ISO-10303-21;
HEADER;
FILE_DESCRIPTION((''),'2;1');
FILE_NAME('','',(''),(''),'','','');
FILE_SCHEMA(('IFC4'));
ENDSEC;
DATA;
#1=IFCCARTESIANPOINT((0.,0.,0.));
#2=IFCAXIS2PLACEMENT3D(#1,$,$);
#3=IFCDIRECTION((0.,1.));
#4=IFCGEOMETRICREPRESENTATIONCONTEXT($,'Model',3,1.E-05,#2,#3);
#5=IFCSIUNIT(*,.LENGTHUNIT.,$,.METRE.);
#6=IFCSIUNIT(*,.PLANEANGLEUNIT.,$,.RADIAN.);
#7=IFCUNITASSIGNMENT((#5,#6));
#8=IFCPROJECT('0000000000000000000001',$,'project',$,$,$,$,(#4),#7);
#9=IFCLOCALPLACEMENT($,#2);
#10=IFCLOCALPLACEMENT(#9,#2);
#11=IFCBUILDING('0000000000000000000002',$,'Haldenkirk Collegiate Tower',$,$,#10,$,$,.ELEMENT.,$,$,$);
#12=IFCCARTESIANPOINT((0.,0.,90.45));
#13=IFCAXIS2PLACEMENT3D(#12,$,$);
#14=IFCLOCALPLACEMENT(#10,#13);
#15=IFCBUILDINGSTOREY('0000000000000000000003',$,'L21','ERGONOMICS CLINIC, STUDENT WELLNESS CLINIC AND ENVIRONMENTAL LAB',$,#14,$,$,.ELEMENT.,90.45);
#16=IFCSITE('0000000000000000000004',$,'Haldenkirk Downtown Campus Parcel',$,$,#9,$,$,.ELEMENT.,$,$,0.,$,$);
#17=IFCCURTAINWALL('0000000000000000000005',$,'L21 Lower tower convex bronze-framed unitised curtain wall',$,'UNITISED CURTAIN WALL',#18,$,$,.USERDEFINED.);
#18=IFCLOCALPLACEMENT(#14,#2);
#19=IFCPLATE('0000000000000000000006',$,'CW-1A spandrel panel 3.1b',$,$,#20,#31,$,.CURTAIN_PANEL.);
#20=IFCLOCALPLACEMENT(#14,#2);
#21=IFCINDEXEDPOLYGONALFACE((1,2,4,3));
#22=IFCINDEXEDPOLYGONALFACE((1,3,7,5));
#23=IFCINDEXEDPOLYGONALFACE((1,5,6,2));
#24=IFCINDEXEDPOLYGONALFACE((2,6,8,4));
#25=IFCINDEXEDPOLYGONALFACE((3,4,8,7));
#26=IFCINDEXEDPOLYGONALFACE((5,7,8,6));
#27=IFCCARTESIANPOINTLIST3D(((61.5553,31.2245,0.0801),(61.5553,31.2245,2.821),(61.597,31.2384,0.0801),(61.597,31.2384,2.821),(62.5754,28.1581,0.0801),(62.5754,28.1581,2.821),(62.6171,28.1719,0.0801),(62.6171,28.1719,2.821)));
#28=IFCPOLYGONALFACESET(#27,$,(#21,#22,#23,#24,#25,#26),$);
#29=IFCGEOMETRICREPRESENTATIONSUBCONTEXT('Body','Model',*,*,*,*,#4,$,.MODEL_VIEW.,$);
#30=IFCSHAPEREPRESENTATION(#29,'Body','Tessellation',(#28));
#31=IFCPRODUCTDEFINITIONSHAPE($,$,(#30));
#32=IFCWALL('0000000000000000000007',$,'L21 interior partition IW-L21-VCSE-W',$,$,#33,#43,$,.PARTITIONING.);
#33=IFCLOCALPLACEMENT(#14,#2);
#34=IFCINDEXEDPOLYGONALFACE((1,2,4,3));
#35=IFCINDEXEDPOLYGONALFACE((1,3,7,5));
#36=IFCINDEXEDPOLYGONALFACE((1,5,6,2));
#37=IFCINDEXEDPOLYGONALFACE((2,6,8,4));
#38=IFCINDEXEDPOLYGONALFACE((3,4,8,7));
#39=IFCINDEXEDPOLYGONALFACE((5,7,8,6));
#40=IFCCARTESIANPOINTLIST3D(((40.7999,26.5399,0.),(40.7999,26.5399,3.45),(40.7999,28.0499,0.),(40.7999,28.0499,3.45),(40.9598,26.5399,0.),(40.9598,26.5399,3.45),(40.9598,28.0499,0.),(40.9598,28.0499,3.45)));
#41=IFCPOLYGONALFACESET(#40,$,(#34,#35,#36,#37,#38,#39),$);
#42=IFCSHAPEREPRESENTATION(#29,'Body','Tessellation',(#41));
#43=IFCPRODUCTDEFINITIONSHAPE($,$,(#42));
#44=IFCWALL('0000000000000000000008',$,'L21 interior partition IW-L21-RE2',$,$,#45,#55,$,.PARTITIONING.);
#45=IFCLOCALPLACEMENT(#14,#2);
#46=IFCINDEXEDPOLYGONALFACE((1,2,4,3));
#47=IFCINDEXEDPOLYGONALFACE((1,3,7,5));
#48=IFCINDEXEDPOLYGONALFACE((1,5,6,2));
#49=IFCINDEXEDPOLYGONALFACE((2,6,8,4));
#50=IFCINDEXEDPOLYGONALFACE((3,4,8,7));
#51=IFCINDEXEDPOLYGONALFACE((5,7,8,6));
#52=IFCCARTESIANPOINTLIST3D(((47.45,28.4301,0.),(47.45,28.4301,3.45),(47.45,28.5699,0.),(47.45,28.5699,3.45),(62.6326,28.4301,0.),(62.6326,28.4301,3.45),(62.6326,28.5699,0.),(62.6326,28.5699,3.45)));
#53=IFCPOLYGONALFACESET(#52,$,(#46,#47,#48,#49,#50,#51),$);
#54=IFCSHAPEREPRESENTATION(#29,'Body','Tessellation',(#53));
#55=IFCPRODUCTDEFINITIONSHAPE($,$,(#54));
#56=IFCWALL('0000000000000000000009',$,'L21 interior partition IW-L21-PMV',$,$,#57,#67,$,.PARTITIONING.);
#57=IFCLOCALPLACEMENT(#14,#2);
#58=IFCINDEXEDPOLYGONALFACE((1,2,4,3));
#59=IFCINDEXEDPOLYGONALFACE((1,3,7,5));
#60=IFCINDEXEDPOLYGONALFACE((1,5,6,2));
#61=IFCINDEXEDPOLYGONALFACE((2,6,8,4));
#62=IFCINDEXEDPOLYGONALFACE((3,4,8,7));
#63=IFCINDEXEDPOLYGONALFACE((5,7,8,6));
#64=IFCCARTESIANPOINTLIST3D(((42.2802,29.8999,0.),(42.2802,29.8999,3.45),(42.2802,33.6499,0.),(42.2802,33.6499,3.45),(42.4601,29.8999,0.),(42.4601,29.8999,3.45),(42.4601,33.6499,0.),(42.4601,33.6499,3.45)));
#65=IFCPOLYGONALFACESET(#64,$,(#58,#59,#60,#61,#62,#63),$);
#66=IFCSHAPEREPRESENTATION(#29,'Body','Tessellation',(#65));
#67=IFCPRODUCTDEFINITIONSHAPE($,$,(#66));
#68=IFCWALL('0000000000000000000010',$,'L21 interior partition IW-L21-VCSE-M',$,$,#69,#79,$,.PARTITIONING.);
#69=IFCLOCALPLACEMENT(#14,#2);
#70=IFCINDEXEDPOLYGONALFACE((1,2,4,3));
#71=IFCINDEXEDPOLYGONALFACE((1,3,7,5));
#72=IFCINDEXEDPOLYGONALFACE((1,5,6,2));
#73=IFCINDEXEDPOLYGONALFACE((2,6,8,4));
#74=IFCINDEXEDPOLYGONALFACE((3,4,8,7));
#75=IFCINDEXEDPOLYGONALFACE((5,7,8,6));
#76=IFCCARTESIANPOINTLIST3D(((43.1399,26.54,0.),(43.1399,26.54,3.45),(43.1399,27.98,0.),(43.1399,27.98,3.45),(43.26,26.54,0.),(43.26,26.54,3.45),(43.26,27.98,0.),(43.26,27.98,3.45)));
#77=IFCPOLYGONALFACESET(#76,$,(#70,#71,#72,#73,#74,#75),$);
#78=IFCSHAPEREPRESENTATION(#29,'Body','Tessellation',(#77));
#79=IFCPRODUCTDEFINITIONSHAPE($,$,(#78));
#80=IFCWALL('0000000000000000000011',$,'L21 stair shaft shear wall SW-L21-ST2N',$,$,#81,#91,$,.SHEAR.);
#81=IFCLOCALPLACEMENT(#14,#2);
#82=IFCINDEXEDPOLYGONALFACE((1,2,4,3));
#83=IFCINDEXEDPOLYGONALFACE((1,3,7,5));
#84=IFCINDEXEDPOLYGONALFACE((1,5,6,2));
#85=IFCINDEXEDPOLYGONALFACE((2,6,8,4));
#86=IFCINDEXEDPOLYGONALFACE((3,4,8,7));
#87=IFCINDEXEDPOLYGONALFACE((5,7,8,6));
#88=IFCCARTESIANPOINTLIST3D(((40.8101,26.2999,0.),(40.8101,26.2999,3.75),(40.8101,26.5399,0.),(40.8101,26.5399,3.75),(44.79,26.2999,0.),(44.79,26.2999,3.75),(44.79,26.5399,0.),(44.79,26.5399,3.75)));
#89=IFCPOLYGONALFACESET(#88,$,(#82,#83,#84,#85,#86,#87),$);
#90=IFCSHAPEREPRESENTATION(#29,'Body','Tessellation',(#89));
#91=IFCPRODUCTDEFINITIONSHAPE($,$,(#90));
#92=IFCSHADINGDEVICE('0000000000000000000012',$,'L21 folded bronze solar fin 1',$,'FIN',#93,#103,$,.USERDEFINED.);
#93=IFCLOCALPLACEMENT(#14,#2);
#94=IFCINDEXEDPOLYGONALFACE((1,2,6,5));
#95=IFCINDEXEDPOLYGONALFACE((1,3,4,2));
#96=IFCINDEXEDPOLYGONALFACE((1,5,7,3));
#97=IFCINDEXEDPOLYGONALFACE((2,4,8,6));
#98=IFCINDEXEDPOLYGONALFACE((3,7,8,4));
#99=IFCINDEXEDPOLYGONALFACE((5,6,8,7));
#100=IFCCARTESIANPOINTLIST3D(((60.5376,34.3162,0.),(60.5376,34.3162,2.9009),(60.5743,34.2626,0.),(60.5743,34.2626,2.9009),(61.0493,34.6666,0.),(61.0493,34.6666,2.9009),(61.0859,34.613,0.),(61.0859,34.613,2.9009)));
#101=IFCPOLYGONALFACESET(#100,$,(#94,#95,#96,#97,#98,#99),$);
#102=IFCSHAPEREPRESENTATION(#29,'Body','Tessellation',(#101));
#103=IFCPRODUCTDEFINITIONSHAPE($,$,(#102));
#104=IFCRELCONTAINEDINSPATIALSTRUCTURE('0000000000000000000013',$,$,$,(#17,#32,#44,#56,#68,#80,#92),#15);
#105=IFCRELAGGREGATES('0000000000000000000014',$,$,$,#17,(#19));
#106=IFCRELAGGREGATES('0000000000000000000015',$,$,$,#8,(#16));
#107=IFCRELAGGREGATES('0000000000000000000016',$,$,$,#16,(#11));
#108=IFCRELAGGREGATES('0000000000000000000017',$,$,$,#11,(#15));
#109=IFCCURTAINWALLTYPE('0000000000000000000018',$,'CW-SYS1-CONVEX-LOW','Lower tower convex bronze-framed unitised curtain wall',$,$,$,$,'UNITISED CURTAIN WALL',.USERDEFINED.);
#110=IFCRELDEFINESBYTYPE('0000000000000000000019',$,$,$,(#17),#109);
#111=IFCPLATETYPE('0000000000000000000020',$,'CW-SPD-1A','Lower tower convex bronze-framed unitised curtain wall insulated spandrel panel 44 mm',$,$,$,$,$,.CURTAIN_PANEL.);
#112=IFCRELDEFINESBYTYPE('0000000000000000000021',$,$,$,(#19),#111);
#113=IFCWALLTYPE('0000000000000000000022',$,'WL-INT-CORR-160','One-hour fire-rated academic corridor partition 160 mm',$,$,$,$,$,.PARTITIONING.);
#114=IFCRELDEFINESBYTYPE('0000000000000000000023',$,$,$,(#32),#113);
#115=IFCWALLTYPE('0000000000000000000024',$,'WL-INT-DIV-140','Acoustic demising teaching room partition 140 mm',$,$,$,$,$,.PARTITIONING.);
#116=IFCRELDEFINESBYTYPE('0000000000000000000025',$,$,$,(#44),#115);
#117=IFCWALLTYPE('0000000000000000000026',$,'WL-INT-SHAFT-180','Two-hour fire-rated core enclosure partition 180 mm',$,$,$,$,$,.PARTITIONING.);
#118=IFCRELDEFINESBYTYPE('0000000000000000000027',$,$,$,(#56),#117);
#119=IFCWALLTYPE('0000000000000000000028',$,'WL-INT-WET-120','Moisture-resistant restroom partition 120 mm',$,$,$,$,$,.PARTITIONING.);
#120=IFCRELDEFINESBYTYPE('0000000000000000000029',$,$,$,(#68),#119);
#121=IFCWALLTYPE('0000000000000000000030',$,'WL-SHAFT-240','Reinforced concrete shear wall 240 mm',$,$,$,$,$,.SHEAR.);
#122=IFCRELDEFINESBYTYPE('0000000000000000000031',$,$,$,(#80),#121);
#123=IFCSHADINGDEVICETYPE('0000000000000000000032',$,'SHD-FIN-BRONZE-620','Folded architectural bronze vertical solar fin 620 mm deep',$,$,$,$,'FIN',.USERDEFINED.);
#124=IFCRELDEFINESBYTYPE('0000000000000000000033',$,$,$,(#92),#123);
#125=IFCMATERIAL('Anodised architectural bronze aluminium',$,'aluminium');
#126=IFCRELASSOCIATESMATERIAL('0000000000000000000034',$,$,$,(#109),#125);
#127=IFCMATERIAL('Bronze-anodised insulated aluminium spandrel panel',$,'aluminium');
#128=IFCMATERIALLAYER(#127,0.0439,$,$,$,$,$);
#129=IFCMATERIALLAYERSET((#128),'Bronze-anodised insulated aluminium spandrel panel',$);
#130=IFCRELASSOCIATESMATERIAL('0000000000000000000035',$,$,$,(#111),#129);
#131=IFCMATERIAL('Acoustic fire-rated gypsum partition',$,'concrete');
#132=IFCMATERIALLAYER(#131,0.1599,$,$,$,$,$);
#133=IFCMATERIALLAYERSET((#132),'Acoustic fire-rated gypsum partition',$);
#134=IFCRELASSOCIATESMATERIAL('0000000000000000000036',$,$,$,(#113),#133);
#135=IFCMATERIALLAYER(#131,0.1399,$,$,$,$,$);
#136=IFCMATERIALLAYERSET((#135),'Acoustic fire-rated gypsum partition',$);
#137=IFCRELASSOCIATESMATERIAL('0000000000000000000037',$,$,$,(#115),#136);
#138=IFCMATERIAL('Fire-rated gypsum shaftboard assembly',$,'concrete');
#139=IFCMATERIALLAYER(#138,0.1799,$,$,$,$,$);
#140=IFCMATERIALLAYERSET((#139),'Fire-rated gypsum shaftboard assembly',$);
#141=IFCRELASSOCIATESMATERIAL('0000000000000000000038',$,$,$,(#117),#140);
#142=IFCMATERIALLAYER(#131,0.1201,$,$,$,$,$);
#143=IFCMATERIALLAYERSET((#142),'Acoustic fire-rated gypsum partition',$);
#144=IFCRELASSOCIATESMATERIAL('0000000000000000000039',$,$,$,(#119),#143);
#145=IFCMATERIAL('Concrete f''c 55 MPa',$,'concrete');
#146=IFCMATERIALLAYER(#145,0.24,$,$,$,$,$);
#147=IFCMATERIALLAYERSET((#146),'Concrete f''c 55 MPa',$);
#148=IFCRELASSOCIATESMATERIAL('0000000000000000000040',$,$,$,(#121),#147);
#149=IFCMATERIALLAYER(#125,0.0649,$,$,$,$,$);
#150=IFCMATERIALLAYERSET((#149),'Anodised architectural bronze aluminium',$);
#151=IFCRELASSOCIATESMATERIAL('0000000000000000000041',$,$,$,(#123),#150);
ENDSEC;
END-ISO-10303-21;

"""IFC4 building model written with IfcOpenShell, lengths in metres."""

from ifc_helpers import new_model, si_unit, direction, frame, frame_2d, origin, origin_2d, place, context, subcontext, project, spatial, rectangle, extrude, source, transform, mapped, material, layer, layer_set, type_object, element, aggregate, save


model = new_model("IFC4")

# Units and contexts
model_context = context("Model", 3, precision=1e-05, world=origin(), true_north=direction((0.0, 1.0)))
body_context = subcontext(model_context, "Body", "Model", "MODEL_VIEW")
ifc_project = project(units=[si_unit("LENGTHUNIT", "METRE"), si_unit("PLANEANGLEUNIT", "RADIAN")], contexts=[model_context])

# Site, building, storey
site_placement = place(None, origin())
site = spatial("IfcSite", under=ifc_project, at=site_placement, Name="Haldenkirk Downtown Campus Parcel", CompositionType="ELEMENT", RefElevation=0.0)
building_placement = place(site_placement, origin())
building = spatial("IfcBuilding", under=site, at=building_placement, Name="Haldenkirk Collegiate Tower", CompositionType="ELEMENT")
storey_placement = place(building_placement, frame((0.0, 0.0, 90.45)))
storey = spatial("IfcBuildingStorey", under=building, at=storey_placement, Name="L21", Description="ERGONOMICS CLINIC, STUDENT WELLNESS CLINIC AND ENVIRONMENTAL LAB", CompositionType="ELEMENT", Elevation=90.45)

# Curtain wall, plate
ifc_material_1 = material(Name="Anodised architectural bronze aluminium", Category="aluminium")
curtain_wall_type = type_object("IfcCurtainWallType", Name="CW-SYS1-CONVEX-LOW", Description="Lower tower convex bronze-framed unitised curtain wall", ElementType="UNITISED CURTAIN WALL", PredefinedType="USERDEFINED", material=ifc_material_1)
curtain_wall_placement = place(storey_placement, origin())
curtain_wall = element("IfcCurtainWall", 1, at=curtain_wall_placement, inside=storey, type_object=curtain_wall_type, Name="L21 Lower tower convex bronze-framed unitised curtain wall", ObjectType="UNITISED CURTAIN WALL", PredefinedType="USERDEFINED")
ifc_material_2 = material(Name="Bronze-anodised insulated aluminium spandrel panel", Category="aluminium")
ifc_layer_1 = layer(ifc_material_2, 0.0439)
ifc_layer_set_1 = layer_set([ifc_layer_1], Name="Bronze-anodised insulated aluminium spandrel panel")
plate_type = type_object("IfcPlateType", Name="CW-SPD-1A", Description="Lower tower convex bronze-framed unitised curtain wall insulated spandrel panel 44 mm", PredefinedType="CURTAIN_PANEL", material=ifc_layer_set_1)
shared_shape_1 = source(origin(), body_context, "Body", "SweptSolid", [
    extrude(rectangle(XDim=3.2317, YDim=0.0439, at=origin_2d()), origin(), (0.0, 0.0, 1.0), 2.741),
])
plate_1_placement = place(storey_placement, frame((62.0862, 29.6982, 0.0801), z_axis=(0.0, 0.0, 1.0), x_axis=(0.315648, -0.948877, 0.0)))
plate_1 = element("IfcPlate", 2, at=plate_1_placement, type_object=plate_type, Name="CW-1A spandrel panel 3.1b", PredefinedType="CURTAIN_PANEL", context=body_context, shape_type="MappedRepresentation", body=[
    mapped(shared_shape_1, transform((0.0, 0.0, 0.0), x_axis=(1.0, 0.0, 0.0), y_axis=(0.0, 1.0, 0.0), z_axis=(0.0, 0.0, 1.0), scale=1.0)),
])
aggregate(curtain_wall, [plate_1])

# Shared definitions
ifc_material_3 = material(Name="Acoustic fire-rated gypsum partition", Category="concrete")
ifc_layer_2 = layer(ifc_material_3, 0.1599)
ifc_layer_set_2 = layer_set([ifc_layer_2], Name="Acoustic fire-rated gypsum partition")
wall_type_1 = type_object("IfcWallType", Name="WL-INT-CORR-160", Description="One-hour fire-rated academic corridor partition 160 mm", PredefinedType="PARTITIONING", material=ifc_layer_set_2)

# Walls
wall_1_placement = place(storey_placement, frame((40.8799, 26.54, 0.0), z_axis=(0.0, 0.0, 1.0), x_axis=(0.0, 1.0, 0.0)))
element("IfcWall", 3, at=wall_1_placement, inside=storey, type_object=wall_type_1, Name="L21 interior partition IW-L21-VCSE-W", PredefinedType="PARTITIONING", context=body_context, shape_type="SweptSolid", body=[
    extrude(rectangle(XDim=1.51, YDim=0.1599, at=frame_2d((0.7549, 0.0))), origin(), (0.0, 0.0, 1.0), 3.45),
])
ifc_layer_3 = layer(ifc_material_3, 0.1399)
ifc_layer_set_3 = layer_set([ifc_layer_3], Name="Acoustic fire-rated gypsum partition")
wall_type_2 = type_object("IfcWallType", Name="WL-INT-DIV-140", Description="Acoustic demising teaching room partition 140 mm", PredefinedType="PARTITIONING", material=ifc_layer_set_3)
wall_2_placement = place(storey_placement, frame((47.45, 28.5, 0.0), z_axis=(0.0, 0.0, 1.0), x_axis=(1.0, 0.0, 0.0)))
element("IfcWall", 4, at=wall_2_placement, inside=storey, type_object=wall_type_2, Name="L21 interior partition IW-L21-RE2", PredefinedType="PARTITIONING", context=body_context, shape_type="SweptSolid", body=[
    extrude(rectangle(XDim=15.1826, YDim=0.1399, at=frame_2d((7.5913, 0.0))), origin(), (0.0, 0.0, 1.0), 3.45),
])
ifc_material_4 = material(Name="Fire-rated gypsum shaftboard assembly", Category="concrete")
ifc_layer_4 = layer(ifc_material_4, 0.1799)
ifc_layer_set_4 = layer_set([ifc_layer_4], Name="Fire-rated gypsum shaftboard assembly")
wall_type_3 = type_object("IfcWallType", Name="WL-INT-SHAFT-180", Description="Two-hour fire-rated core enclosure partition 180 mm", PredefinedType="PARTITIONING", material=ifc_layer_set_4)
wall_3_placement = place(storey_placement, frame((42.3701, 29.8999, 0.0), z_axis=(0.0, 0.0, 1.0), x_axis=(0.0, 1.0, 0.0)))
element("IfcWall", 5, at=wall_3_placement, inside=storey, type_object=wall_type_3, Name="L21 interior partition IW-L21-PMV", PredefinedType="PARTITIONING", context=body_context, shape_type="SweptSolid", body=[
    extrude(rectangle(XDim=3.75, YDim=0.1799, at=frame_2d((1.875, 0.0))), origin(), (0.0, 0.0, 1.0), 3.45),
])
ifc_layer_5 = layer(ifc_material_3, 0.1201)
ifc_layer_set_5 = layer_set([ifc_layer_5], Name="Acoustic fire-rated gypsum partition")
wall_type_4 = type_object("IfcWallType", Name="WL-INT-WET-120", Description="Moisture-resistant restroom partition 120 mm", PredefinedType="PARTITIONING", material=ifc_layer_set_5)
wall_4_placement = place(storey_placement, frame((43.2, 26.54, 0.0), z_axis=(0.0, 0.0, 1.0), x_axis=(0.0, 1.0, 0.0)))
element("IfcWall", 6, at=wall_4_placement, inside=storey, type_object=wall_type_4, Name="L21 interior partition IW-L21-VCSE-M", PredefinedType="PARTITIONING", context=body_context, shape_type="SweptSolid", body=[
    extrude(rectangle(XDim=1.4399, YDim=0.1201, at=frame_2d((0.72, 0.0))), origin(), (0.0, 0.0, 1.0), 3.45),
])
ifc_material_5 = material(Name="Concrete f'c 55 MPa", Category="concrete")
ifc_layer_6 = layer(ifc_material_5, 0.24)
ifc_layer_set_6 = layer_set([ifc_layer_6], Name="Concrete f'c 55 MPa")
wall_type_5 = type_object("IfcWallType", Name="WL-SHAFT-240", Description="Reinforced concrete shear wall 240 mm", PredefinedType="SHEAR", material=ifc_layer_set_6)
wall_5_placement = place(storey_placement, frame((40.8101, 26.4199, 0.0), z_axis=(0.0, 0.0, 1.0), x_axis=(1.0, 0.0, 0.0)))
element("IfcWall", 7, at=wall_5_placement, inside=storey, type_object=wall_type_5, Name="L21 stair shaft shear wall SW-L21-ST2N", PredefinedType="SHEAR", context=body_context, shape_type="SweptSolid", body=[
    extrude(rectangle(XDim=3.98, YDim=0.24, at=frame_2d((1.99, 0.0))), origin(), (0.0, 0.0, 1.0), 3.75),
])

# Shading device
ifc_layer_7 = layer(ifc_material_1, 0.0649)
ifc_layer_set_7 = layer_set([ifc_layer_7], Name="Anodised architectural bronze aluminium")
shading_device_type = type_object("IfcShadingDeviceType", Name="SHD-FIN-BRONZE-620", Description="Folded architectural bronze vertical solar fin 620 mm deep", ElementType="FIN", PredefinedType="USERDEFINED", material=ifc_layer_set_7)
shared_shape_2 = source(origin(), body_context, "Body", "SweptSolid", [
    extrude(rectangle(XDim=0.6201, YDim=0.0649, at=origin_2d()), origin(), (0.0, 0.0, 1.0), 2.9009),
])
shading_device_placement = place(storey_placement, frame((60.8118, 34.4646, 0.0), z_axis=(0.0, 0.0, 1.0), x_axis=(0.825113, 0.564967, 0.0)))
element("IfcShadingDevice", 8, at=shading_device_placement, inside=storey, type_object=shading_device_type, Name="L21 folded bronze solar fin 1", ObjectType="FIN", PredefinedType="USERDEFINED", context=body_context, shape_type="MappedRepresentation", body=[
    mapped(shared_shape_2, transform((0.0, 0.0, 0.0), x_axis=(1.0, 0.0, 0.0), y_axis=(0.0, 1.0, 0.0), z_axis=(0.0, 0.0, 1.0), scale=1.0)),
])

save(model, "model.ifc")
